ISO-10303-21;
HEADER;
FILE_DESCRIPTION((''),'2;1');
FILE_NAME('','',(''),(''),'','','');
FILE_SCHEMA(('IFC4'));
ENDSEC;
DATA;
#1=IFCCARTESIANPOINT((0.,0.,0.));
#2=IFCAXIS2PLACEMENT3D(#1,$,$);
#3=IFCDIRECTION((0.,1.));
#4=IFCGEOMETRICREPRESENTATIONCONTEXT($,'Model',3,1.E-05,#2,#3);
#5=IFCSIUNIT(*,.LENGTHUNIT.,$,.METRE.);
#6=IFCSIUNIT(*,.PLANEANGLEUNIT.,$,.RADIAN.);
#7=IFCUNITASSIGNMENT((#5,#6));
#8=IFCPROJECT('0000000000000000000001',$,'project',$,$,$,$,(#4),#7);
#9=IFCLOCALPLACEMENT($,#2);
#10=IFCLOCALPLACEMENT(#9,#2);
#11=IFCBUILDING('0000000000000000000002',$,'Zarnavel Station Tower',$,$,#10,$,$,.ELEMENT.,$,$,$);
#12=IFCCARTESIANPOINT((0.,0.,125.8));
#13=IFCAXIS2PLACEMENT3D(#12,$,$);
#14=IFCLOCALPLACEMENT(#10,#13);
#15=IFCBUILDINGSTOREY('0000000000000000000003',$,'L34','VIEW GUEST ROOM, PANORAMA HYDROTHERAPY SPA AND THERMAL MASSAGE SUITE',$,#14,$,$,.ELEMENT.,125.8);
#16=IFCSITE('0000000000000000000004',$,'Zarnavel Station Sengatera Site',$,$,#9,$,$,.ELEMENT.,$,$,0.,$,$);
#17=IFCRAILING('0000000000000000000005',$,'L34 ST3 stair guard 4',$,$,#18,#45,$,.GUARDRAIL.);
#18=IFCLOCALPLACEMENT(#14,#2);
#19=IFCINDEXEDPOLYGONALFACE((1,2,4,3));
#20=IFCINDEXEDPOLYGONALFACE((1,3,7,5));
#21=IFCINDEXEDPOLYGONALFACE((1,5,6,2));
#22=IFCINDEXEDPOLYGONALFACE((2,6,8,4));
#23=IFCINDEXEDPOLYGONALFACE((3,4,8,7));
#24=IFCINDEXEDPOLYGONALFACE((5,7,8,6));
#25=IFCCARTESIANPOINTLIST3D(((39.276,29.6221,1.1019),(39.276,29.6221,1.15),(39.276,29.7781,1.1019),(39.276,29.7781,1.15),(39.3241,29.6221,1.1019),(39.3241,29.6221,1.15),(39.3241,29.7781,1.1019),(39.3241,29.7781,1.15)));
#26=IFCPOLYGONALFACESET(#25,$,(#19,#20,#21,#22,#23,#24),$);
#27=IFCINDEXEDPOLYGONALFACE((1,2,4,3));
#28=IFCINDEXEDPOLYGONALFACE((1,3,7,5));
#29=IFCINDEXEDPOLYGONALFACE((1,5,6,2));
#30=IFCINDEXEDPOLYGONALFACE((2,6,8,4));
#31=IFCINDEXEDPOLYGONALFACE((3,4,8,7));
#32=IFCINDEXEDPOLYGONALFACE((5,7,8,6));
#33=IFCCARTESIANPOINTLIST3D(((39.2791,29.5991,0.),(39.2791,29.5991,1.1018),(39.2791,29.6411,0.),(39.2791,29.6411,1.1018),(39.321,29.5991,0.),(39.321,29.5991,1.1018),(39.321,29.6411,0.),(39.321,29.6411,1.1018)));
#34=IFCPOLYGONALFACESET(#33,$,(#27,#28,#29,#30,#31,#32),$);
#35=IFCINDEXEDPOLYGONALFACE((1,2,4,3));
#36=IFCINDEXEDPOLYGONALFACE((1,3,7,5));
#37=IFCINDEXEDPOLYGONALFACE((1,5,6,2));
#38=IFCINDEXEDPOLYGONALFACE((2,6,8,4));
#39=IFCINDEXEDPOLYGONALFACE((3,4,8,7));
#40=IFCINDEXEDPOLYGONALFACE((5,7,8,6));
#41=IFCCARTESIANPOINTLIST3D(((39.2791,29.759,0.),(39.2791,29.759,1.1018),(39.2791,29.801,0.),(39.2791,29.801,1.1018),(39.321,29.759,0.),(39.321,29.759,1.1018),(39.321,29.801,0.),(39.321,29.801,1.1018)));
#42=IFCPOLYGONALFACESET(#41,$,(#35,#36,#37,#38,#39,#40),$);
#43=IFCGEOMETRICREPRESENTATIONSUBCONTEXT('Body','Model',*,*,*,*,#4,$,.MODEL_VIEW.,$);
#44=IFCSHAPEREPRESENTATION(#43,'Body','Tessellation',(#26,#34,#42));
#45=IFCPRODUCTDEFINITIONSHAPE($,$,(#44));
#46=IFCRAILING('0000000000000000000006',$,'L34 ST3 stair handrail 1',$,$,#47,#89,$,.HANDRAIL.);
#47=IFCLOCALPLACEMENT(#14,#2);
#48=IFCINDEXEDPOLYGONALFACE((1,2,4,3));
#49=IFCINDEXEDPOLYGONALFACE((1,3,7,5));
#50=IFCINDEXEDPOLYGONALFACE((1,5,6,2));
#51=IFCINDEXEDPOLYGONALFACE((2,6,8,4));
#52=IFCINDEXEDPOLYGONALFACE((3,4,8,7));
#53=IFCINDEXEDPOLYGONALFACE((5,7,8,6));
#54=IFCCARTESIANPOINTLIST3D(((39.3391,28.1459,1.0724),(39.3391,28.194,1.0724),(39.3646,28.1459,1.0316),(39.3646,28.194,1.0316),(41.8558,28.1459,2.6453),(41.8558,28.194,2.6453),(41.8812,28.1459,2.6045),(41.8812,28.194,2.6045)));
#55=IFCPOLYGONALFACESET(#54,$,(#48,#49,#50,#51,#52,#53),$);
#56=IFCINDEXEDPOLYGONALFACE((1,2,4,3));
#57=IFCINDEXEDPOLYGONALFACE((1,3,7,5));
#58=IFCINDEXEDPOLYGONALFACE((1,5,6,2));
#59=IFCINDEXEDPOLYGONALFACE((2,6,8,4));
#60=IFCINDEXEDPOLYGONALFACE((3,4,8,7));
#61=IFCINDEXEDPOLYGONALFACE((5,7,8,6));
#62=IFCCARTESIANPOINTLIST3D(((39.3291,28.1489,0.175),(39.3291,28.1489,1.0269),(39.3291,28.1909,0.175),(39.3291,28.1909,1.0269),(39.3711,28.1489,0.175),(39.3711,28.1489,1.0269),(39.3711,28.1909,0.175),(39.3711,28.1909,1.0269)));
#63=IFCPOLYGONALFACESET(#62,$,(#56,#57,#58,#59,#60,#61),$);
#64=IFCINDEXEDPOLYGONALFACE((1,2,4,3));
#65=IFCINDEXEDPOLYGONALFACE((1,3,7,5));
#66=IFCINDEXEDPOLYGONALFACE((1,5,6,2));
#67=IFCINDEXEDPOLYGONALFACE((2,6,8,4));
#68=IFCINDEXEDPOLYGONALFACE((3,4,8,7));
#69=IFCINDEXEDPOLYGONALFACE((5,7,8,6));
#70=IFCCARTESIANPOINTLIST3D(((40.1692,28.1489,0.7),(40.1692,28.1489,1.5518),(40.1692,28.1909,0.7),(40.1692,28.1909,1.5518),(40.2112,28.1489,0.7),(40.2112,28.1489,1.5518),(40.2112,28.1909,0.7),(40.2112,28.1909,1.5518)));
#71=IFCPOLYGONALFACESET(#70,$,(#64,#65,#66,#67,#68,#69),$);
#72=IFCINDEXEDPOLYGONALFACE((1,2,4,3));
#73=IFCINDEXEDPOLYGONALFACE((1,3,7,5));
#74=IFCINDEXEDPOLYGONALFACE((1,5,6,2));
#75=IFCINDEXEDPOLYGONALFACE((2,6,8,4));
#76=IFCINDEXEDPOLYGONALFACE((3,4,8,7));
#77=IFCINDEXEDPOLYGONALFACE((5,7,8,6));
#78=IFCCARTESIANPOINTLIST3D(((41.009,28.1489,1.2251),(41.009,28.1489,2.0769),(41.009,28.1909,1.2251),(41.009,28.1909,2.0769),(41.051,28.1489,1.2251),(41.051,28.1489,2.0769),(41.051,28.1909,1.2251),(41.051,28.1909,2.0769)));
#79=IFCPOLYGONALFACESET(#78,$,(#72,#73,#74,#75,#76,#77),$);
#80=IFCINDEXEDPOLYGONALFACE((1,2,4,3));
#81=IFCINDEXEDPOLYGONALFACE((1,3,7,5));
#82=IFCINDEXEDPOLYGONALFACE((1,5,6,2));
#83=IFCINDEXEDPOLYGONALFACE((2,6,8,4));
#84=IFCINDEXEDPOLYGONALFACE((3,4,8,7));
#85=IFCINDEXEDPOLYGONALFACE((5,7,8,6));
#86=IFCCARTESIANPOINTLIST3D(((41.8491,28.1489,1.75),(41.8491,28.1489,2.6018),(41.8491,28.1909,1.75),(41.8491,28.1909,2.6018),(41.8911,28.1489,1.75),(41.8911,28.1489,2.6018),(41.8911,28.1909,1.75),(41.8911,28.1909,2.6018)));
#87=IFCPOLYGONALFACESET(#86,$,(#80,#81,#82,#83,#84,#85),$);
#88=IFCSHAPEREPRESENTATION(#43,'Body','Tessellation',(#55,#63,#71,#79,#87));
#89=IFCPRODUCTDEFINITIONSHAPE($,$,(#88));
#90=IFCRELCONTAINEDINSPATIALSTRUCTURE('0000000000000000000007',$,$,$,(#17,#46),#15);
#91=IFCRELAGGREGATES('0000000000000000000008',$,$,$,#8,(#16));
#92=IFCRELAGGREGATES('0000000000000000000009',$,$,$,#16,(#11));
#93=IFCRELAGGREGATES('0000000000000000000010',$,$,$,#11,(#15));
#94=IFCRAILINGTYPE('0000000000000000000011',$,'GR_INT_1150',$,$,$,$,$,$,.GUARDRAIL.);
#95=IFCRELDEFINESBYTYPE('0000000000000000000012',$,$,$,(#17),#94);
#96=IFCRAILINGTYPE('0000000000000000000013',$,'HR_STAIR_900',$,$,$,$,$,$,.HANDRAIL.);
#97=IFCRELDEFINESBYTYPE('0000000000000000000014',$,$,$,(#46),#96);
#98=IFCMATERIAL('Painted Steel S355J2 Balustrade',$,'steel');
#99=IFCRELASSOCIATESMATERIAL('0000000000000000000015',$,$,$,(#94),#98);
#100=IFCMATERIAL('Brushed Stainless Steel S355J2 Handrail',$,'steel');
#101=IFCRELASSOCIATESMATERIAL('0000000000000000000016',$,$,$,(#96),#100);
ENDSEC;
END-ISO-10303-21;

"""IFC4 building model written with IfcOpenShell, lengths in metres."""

from ifc_helpers import new_model, si_unit, direction, frame, origin, origin_2d, place, context, subcontext, project, spatial, rectangle, extrude, material, type_object, element, save


model = new_model("IFC4")

# Units and contexts
model_context = context("Model", 3, precision=1e-05, world=origin(), true_north=direction((0.0, 1.0)))
body_context = subcontext(model_context, "Body", "Model", "MODEL_VIEW")
ifc_project = project(units=[si_unit("LENGTHUNIT", "METRE"), si_unit("PLANEANGLEUNIT", "RADIAN")], contexts=[model_context])

# Site, building, storey
site_placement = place(None, origin())
site = spatial("IfcSite", under=ifc_project, at=site_placement, Name="Zarnavel Station Sengatera Site", CompositionType="ELEMENT", RefElevation=0.0)
building_placement = place(site_placement, origin())
building = spatial("IfcBuilding", under=site, at=building_placement, Name="Zarnavel Station Tower", CompositionType="ELEMENT")
storey_placement = place(building_placement, frame((0.0, 0.0, 125.8)))
storey = spatial("IfcBuildingStorey", under=building, at=storey_placement, Name="L34", Description="VIEW GUEST ROOM, PANORAMA HYDROTHERAPY SPA AND THERMAL MASSAGE SUITE", CompositionType="ELEMENT", Elevation=125.8)

# Railings
ifc_material_1 = material(Name="Painted Steel S355J2 Balustrade", Category="steel")
railing_type_1 = type_object("IfcRailingType", Name="GR_INT_1150", PredefinedType="GUARDRAIL", material=ifc_material_1)
for number, where, name in (
    (1, (39.3, 29.6201, 0.0), "L34 ST3 stair guard 4"),
):
    element("IfcRailing", number, at=place(storey_placement, frame(where)), inside=storey, type_object=railing_type_1, Name=name, PredefinedType="GUARDRAIL", context=body_context, shape_type="SweptSolid", body=[
        extrude(rectangle(XDim=0.0481, YDim=0.0481, at=origin_2d()), frame((0.0, 0.002, 1.126), z_axis=(0.0, 1.0, 0.0), x_axis=(-1.0, 0.0, 0.0)), (0.0, 0.0, 1.0), 0.156),
        extrude(rectangle(XDim=0.042, YDim=0.042, at=origin_2d()), origin(), (0.0, 0.0, 1.0), 1.1018),
        extrude(rectangle(XDim=0.042, YDim=0.042, at=origin_2d()), frame((0.0, 0.1599, 0.0)), (0.0, 0.0, 1.0), 1.1018),
    ])
ifc_material_2 = material(Name="Brushed Stainless Steel S355J2 Handrail", Category="steel")
railing_type_2 = type_object("IfcRailingType", Name="HR_STAIR_900", PredefinedType="HANDRAIL", material=ifc_material_2)
railing_1_placement = place(storey_placement, frame((39.3501, 28.1699, 0.175)))
element("IfcRailing", 2, at=railing_1_placement, inside=storey, type_object=railing_type_2, Name="L34 ST3 stair handrail 1", PredefinedType="HANDRAIL", context=body_context, shape_type="SweptSolid", body=[
    extrude(rectangle(XDim=0.0481, YDim=0.0481, at=origin_2d()), frame((0.0017, 0.0, 0.877), z_axis=(0.848008, 0.0, 0.529984), x_axis=(0.0, 1.0, 0.0)), (0.0, 0.0, 1.0), 2.9678),
    extrude(rectangle(XDim=0.042, YDim=0.042, at=origin_2d()), origin(), (0.0, 0.0, 1.0), 0.8518),
    extrude(rectangle(XDim=0.042, YDim=0.042, at=origin_2d()), frame((0.8401, 0.0, 0.5249)), (0.0, 0.0, 1.0), 0.8518),
    extrude(rectangle(XDim=0.042, YDim=0.042, at=origin_2d()), frame((1.6799, 0.0, 1.05)), (0.0, 0.0, 1.0), 0.8518),
    extrude(rectangle(XDim=0.042, YDim=0.042, at=origin_2d()), frame((2.52, 0.0, 1.575)), (0.0, 0.0, 1.0), 0.8518),
])

save(model, "model.ifc")
